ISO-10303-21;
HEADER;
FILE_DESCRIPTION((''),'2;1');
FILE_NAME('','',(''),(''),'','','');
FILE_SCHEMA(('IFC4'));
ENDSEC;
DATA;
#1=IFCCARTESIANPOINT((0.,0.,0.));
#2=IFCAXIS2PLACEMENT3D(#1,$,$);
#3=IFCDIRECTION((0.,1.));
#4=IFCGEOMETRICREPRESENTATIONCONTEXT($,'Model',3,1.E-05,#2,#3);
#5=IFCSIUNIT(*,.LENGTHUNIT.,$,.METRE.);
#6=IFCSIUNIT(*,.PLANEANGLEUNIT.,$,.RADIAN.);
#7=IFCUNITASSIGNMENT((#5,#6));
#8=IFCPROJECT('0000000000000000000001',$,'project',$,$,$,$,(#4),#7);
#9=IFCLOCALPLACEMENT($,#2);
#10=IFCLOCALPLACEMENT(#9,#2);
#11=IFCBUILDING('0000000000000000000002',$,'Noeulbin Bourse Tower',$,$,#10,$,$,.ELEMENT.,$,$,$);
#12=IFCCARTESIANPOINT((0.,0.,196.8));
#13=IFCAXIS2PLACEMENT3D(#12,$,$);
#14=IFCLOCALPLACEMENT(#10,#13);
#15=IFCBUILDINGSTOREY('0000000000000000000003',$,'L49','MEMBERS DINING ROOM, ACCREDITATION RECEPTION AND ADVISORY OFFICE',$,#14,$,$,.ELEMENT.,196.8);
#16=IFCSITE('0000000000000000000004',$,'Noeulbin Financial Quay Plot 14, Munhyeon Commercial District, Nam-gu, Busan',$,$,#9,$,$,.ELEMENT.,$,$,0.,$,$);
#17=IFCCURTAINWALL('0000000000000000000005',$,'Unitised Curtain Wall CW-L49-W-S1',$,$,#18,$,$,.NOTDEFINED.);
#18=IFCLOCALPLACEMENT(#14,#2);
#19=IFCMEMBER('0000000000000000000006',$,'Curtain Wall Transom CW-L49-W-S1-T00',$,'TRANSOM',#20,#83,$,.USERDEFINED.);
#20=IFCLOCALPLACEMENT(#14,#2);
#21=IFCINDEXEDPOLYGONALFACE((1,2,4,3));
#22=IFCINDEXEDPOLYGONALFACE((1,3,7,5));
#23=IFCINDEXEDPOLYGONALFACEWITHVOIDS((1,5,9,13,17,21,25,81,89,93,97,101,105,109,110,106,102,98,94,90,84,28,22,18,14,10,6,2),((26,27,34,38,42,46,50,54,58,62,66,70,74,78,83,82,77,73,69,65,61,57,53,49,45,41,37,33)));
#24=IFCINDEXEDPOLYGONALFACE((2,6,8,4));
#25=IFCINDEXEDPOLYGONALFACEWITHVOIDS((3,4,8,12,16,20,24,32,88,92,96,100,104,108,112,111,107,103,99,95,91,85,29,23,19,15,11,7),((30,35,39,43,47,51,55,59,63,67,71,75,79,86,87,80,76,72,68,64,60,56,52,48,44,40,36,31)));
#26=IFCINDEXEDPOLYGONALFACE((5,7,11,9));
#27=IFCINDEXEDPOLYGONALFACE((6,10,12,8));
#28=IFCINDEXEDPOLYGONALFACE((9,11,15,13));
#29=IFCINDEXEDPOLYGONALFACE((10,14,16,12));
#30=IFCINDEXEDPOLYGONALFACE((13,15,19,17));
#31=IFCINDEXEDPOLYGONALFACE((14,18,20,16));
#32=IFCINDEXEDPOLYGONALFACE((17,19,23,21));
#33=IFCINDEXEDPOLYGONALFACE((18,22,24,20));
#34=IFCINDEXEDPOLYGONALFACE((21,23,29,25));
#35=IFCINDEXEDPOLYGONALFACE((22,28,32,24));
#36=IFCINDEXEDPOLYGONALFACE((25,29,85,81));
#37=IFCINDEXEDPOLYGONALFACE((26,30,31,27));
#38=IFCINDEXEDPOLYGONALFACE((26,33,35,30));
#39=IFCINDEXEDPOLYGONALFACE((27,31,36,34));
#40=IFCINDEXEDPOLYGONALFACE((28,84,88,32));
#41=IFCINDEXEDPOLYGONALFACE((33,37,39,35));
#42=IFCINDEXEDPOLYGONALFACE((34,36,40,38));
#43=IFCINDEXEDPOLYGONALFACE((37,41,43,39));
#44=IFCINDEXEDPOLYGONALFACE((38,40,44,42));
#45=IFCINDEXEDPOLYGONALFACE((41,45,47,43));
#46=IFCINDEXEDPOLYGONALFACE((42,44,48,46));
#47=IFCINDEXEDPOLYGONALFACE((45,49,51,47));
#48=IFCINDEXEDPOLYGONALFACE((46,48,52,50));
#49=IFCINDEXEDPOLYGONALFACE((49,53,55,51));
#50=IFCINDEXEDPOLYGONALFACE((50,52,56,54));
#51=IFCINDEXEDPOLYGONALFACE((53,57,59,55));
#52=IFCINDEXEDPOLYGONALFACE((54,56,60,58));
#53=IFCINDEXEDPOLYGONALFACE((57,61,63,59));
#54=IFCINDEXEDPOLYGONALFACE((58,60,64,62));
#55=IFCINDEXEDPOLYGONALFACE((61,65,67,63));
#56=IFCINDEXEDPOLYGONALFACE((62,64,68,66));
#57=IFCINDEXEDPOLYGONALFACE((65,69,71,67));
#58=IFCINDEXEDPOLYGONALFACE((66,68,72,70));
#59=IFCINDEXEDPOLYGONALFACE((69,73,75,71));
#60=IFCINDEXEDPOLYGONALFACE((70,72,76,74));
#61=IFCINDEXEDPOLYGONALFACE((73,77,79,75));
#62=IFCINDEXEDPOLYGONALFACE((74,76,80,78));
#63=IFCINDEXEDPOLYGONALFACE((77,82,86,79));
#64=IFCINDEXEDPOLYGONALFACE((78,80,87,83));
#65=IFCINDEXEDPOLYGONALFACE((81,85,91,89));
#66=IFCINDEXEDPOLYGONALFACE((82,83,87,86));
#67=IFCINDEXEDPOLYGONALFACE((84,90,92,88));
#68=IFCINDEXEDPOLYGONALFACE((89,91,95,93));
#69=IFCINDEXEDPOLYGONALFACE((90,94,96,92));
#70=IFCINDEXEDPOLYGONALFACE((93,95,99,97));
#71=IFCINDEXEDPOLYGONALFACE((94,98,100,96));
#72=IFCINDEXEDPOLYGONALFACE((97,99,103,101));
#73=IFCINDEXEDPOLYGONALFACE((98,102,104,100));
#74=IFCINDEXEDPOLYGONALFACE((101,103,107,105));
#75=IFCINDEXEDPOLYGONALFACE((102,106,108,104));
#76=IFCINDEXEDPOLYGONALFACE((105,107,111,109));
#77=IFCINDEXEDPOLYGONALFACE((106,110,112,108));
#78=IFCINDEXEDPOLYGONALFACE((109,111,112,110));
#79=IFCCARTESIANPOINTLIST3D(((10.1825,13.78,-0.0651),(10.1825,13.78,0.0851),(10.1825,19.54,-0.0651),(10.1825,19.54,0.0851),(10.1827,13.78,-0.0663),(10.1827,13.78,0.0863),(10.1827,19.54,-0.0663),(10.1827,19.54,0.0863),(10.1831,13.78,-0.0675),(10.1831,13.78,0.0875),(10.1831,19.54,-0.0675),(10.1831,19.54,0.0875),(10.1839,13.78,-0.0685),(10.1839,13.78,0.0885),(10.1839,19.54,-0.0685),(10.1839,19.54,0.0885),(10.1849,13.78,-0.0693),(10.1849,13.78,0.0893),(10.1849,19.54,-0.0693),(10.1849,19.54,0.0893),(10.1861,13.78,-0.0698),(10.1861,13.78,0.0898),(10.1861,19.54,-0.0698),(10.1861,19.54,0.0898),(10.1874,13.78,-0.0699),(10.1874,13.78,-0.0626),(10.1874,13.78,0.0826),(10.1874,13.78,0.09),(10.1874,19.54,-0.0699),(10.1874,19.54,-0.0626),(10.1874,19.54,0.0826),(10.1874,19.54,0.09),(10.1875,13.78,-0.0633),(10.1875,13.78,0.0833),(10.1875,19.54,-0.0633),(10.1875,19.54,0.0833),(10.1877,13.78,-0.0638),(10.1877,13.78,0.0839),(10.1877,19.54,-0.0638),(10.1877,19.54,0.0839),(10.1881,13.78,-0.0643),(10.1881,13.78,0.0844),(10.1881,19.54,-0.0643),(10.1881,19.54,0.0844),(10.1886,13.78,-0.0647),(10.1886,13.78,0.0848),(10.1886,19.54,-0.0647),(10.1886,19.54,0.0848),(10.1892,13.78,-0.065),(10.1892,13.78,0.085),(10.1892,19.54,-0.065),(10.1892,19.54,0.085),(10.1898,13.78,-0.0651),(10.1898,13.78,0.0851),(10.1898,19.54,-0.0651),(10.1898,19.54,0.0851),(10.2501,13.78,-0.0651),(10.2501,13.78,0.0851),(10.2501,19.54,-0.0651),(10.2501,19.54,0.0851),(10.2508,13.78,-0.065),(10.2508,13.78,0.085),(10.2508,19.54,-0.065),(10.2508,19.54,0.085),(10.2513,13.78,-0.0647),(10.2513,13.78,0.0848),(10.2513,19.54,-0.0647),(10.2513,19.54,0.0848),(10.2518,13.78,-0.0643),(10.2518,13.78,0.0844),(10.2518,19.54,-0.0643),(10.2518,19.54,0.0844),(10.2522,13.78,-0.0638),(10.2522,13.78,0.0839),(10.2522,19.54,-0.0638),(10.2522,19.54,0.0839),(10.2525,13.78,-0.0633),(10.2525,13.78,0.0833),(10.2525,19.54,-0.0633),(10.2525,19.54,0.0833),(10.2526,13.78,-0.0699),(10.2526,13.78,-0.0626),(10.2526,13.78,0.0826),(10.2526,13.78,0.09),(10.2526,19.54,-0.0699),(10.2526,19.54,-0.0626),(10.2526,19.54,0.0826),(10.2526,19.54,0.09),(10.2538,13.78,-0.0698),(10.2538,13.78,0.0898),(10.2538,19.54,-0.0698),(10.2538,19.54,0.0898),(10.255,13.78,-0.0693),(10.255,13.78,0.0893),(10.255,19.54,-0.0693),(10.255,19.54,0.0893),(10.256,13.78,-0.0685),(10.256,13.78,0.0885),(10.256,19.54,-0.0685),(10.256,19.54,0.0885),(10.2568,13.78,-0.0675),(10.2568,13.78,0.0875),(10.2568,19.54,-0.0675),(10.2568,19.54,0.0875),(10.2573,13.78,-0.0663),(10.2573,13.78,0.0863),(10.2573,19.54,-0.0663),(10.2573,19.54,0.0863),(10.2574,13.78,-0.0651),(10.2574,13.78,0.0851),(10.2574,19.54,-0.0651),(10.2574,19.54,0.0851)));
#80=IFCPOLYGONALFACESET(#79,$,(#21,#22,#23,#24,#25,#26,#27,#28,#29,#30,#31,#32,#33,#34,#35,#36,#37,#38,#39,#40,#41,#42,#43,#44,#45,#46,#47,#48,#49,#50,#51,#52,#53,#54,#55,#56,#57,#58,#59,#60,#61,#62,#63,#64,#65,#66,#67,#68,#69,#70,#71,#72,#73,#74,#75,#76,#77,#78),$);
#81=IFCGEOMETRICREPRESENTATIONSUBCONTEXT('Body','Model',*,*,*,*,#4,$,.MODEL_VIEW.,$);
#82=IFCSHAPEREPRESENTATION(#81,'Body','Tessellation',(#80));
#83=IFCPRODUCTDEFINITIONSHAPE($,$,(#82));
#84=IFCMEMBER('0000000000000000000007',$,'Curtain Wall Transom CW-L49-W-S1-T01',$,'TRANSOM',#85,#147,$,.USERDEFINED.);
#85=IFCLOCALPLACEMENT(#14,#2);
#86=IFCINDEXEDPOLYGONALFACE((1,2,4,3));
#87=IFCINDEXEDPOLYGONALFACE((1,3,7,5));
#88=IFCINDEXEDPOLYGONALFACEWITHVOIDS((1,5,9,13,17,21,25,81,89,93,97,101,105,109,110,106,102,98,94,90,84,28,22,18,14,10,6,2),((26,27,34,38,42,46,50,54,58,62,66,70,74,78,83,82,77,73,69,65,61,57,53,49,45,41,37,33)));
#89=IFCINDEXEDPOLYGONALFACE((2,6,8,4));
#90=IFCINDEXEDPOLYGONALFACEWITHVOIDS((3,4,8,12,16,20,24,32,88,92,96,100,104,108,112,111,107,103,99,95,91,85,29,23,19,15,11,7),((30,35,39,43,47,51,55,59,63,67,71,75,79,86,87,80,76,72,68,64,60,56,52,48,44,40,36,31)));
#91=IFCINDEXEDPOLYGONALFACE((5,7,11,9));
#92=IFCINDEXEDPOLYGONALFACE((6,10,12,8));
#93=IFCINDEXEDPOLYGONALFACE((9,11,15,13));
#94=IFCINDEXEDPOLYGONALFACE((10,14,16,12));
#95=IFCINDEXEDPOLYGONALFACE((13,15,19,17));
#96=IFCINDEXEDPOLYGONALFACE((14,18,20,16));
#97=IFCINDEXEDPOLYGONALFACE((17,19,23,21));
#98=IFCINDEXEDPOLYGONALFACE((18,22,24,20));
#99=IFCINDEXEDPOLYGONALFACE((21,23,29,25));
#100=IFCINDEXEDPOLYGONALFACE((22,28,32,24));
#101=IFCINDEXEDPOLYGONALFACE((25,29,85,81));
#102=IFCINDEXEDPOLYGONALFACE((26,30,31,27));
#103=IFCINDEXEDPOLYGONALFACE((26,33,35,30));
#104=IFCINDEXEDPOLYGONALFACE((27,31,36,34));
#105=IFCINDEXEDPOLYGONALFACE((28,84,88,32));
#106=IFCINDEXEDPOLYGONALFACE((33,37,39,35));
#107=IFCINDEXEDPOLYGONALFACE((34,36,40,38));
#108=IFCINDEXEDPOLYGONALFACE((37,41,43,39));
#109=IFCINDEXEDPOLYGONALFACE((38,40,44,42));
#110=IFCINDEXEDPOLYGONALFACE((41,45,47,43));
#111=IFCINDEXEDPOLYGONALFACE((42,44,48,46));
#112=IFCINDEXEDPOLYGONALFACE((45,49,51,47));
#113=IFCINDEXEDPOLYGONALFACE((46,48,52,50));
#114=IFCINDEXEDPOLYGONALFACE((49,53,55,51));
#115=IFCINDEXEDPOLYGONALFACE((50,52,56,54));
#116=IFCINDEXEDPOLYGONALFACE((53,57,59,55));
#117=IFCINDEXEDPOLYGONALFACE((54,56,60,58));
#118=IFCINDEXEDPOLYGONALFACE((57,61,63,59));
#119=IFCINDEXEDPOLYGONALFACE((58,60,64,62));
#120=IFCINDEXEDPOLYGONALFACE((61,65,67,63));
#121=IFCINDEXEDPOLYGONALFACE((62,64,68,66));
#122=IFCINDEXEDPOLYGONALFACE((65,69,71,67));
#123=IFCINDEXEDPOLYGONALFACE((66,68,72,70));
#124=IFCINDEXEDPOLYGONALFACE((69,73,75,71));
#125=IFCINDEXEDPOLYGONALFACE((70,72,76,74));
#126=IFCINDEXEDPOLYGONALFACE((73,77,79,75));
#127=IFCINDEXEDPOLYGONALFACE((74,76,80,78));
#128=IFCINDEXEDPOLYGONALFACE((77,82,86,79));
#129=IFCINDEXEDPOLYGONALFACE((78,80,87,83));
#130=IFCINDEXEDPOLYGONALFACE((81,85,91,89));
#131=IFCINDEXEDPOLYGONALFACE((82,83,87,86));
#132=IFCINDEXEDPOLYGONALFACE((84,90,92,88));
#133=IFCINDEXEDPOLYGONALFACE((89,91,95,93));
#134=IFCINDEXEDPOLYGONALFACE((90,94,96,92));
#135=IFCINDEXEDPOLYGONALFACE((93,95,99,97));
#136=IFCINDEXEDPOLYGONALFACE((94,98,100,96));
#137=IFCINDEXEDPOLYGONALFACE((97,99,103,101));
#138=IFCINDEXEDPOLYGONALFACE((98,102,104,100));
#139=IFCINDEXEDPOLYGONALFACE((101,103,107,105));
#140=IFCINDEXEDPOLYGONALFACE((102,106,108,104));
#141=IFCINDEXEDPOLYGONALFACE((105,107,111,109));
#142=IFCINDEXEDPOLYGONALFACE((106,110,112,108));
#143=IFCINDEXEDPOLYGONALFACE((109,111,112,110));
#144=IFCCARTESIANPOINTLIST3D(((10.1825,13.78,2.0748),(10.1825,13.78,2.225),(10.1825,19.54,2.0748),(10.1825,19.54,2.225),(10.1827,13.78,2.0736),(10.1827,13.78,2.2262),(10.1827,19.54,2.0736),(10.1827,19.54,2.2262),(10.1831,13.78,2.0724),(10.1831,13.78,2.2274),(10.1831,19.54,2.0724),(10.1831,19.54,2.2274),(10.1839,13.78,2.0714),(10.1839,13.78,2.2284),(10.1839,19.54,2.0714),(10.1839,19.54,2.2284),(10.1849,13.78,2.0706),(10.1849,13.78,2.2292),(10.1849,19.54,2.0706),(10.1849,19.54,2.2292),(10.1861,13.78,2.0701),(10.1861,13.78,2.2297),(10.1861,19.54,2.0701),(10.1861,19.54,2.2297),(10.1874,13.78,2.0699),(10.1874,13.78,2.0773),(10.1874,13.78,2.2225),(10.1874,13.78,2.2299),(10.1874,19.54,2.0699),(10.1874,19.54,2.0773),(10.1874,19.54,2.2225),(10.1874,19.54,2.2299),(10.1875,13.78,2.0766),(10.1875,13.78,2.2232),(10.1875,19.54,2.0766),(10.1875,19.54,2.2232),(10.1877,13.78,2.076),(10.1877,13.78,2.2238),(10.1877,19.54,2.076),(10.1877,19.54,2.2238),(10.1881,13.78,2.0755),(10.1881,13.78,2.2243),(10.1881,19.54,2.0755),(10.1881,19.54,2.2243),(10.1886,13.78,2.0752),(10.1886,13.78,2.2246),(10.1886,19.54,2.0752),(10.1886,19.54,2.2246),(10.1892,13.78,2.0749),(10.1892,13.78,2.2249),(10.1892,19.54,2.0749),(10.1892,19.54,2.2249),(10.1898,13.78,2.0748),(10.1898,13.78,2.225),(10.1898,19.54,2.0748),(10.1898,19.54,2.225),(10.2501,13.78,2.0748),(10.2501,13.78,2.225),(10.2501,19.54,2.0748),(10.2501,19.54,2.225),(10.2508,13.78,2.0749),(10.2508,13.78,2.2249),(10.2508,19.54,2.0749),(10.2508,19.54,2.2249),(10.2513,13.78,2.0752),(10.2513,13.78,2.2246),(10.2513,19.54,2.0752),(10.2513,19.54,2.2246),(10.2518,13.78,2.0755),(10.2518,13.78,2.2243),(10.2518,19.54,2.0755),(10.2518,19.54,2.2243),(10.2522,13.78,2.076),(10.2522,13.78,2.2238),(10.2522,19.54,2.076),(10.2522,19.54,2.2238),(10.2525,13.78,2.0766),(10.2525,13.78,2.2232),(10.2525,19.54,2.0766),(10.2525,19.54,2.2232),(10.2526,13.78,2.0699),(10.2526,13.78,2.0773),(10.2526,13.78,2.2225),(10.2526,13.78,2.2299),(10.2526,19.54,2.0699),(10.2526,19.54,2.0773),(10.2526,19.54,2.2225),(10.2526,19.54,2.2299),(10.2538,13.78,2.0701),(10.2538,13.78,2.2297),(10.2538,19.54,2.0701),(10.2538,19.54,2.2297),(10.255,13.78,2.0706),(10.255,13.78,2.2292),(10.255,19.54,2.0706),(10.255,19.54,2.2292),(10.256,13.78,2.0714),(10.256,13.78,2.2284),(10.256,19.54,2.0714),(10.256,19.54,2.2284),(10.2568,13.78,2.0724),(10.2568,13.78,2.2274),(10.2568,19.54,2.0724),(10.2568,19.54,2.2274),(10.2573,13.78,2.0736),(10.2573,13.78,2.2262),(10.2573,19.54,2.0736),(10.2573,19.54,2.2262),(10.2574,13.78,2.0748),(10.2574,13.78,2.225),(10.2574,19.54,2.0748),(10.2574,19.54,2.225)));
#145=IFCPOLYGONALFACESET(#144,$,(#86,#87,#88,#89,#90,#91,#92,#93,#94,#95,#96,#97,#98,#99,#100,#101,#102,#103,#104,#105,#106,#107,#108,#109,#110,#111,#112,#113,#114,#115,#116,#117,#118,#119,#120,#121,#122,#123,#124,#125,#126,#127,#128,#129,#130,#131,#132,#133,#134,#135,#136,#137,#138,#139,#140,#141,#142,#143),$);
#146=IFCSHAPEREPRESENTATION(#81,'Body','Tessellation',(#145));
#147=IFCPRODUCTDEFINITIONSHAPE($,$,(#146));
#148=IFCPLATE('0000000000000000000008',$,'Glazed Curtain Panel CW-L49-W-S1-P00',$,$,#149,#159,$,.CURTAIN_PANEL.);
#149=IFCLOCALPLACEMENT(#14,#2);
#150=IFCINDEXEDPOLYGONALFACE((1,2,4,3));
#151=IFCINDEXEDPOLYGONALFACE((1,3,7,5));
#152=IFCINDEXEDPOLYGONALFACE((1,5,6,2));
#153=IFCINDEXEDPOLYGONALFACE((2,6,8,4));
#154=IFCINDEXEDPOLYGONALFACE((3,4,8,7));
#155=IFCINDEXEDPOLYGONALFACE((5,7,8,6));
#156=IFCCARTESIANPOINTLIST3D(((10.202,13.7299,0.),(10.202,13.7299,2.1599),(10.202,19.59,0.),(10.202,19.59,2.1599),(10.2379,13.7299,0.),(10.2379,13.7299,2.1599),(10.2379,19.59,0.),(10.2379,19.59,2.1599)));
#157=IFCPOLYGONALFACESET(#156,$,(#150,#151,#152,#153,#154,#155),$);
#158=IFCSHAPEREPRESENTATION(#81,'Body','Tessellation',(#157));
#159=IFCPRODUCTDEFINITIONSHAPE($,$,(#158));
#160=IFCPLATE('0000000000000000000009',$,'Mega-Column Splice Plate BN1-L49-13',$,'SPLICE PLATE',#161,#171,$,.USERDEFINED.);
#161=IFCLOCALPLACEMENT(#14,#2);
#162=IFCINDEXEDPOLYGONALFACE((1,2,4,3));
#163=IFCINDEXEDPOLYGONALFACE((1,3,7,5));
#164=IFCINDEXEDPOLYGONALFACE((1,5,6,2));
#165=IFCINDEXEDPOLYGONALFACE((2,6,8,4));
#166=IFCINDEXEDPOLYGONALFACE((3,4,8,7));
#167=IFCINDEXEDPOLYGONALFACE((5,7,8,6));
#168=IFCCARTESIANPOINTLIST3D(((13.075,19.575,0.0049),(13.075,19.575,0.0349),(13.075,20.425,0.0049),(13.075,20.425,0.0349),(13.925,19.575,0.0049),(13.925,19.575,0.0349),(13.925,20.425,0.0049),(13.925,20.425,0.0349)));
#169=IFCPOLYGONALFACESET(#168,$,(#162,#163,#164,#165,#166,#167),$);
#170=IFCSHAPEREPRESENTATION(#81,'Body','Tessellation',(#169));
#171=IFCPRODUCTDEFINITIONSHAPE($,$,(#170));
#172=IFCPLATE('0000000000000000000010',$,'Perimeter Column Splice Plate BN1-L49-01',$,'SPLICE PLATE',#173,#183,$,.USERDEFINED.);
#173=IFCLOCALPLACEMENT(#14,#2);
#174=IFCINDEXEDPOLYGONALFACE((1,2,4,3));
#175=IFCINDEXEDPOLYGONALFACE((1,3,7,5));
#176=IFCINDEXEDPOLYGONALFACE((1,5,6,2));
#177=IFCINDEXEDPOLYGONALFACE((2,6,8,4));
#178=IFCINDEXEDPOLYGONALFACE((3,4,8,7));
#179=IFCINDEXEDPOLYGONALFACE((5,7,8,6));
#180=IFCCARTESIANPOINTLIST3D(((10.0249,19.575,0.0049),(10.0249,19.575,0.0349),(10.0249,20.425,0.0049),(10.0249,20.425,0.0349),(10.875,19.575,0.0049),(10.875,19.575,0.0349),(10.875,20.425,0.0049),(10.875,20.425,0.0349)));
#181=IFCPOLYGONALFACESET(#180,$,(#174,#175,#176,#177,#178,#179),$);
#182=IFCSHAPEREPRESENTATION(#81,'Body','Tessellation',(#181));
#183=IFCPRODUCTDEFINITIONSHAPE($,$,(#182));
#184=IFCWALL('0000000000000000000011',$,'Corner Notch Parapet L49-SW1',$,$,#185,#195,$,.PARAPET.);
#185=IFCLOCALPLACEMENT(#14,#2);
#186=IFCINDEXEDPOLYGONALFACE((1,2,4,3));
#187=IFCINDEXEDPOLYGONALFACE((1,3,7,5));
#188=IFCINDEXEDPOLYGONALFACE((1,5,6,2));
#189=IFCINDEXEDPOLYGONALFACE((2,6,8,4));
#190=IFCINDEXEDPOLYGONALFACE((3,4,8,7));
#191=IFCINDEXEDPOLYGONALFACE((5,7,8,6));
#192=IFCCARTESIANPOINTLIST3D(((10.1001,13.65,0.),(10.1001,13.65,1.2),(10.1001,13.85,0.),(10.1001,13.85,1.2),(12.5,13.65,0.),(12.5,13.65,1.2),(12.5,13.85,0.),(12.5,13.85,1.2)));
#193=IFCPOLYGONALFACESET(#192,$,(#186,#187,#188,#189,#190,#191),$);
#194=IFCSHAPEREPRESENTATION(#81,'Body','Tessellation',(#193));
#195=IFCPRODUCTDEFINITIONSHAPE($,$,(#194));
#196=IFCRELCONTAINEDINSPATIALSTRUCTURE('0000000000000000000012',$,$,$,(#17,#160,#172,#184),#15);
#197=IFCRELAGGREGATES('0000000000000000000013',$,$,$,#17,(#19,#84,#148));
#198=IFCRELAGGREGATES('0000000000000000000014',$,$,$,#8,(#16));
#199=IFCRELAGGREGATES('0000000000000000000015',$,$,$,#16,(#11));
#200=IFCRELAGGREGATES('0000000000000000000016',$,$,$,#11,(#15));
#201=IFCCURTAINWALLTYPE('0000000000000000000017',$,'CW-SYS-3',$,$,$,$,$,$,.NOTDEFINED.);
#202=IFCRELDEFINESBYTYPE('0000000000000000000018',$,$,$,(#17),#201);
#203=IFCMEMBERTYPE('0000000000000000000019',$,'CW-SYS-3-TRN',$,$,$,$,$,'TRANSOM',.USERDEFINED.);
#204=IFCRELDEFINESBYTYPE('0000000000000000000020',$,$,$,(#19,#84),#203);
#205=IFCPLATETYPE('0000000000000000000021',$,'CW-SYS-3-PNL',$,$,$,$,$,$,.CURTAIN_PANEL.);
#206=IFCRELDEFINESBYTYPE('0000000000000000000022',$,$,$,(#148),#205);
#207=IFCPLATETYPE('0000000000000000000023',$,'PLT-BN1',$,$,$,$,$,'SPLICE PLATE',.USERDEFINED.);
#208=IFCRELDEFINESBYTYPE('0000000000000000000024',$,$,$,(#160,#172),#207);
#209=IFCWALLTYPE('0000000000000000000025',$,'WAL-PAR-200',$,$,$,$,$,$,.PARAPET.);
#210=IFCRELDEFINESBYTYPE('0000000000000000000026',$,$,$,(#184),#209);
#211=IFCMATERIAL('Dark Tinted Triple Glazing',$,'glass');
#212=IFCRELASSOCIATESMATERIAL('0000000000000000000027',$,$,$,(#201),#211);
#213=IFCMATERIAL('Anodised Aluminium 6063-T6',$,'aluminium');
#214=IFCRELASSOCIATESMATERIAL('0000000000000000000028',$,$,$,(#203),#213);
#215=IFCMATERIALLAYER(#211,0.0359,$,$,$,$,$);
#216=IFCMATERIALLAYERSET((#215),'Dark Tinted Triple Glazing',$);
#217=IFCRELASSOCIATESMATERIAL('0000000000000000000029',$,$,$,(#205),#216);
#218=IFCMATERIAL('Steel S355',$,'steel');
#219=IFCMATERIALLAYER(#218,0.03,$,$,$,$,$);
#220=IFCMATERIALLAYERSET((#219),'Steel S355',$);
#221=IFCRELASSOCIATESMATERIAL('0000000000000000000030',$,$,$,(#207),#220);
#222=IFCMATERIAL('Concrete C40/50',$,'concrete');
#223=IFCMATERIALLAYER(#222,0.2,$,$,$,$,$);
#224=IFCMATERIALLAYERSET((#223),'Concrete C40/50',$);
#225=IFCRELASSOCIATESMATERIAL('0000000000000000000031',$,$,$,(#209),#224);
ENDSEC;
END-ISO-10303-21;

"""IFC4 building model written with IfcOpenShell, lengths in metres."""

from ifc_helpers import new_model, si_unit, direction, frame, frame_2d, origin, origin_2d, place, context, subcontext, project, spatial, rectangle, hollow_rectangle, extrude, material, layer, layer_set, material_profile, profile_set, type_object, element, aggregate, save


model = new_model("IFC4")

# Units and contexts
model_context = context("Model", 3, precision=1e-05, world=origin(), true_north=direction((0.0, 1.0)))
body_context = subcontext(model_context, "Body", "Model", "MODEL_VIEW")
ifc_project = project(units=[si_unit("LENGTHUNIT", "METRE"), si_unit("PLANEANGLEUNIT", "RADIAN")], contexts=[model_context])

# Site, building, storey
site_placement = place(None, origin())
site = spatial("IfcSite", under=ifc_project, at=site_placement, Name="Noeulbin Financial Quay Plot 14, Munhyeon Commercial District, Nam-gu, Busan", CompositionType="ELEMENT", RefElevation=0.0)
building_placement = place(site_placement, origin())
building = spatial("IfcBuilding", under=site, at=building_placement, Name="Noeulbin Bourse Tower", CompositionType="ELEMENT")
storey_placement = place(building_placement, frame((0.0, 0.0, 196.8)))
storey = spatial("IfcBuildingStorey", under=building, at=storey_placement, Name="L49", Description="MEMBERS DINING ROOM, ACCREDITATION RECEPTION AND ADVISORY OFFICE", CompositionType="ELEMENT", Elevation=196.8)

# Shared definitions
ifc_material_1 = material(Name="Steel S355", Category="steel")

# Curtain wall, members, plate
ifc_material_2 = material(Name="Dark Tinted Triple Glazing", Category="glass")
curtain_wall_type = type_object("IfcCurtainWallType", Name="CW-SYS-3", PredefinedType="NOTDEFINED", material=ifc_material_2)
curtain_wall_placement = place(storey_placement, origin())
curtain_wall = element("IfcCurtainWall", 1, at=curtain_wall_placement, inside=storey, type_object=curtain_wall_type, Name="Unitised Curtain Wall CW-L49-W-S1", PredefinedType="NOTDEFINED")
ifc_material_3 = material(Name="Anodised Aluminium 6063-T6", Category="aluminium")
ifc_material_profile_1 = material_profile(ifc_material_3, hollow_rectangle(XDim=0.075, YDim=0.1599, WallThickness=0.0049, InnerFilletRadius=0.0024, OuterFilletRadius=0.0049, at=origin_2d()), Name="ALU-TRAN-75x160x5", Category="LoadBearing")
ifc_profile_set_1 = profile_set([ifc_material_profile_1], Name="Anodised Aluminium 6063-T6")
member_type_1 = type_object("IfcMemberType", Name="CW-SYS-3-TRN", ElementType="TRANSOM", PredefinedType="USERDEFINED", material=ifc_profile_set_1)
member_1_placement = place(storey_placement, frame((10.22, 13.78, 0.01), z_axis=(0.0, 1.0, 0.0), x_axis=(-1.0, 0.0, 0.0)))
member_1 = element("IfcMember", 2, at=member_1_placement, type_object=member_type_1, Name="Curtain Wall Transom CW-L49-W-S1-T00", ObjectType="TRANSOM", PredefinedType="USERDEFINED", context=body_context, shape_type="SweptSolid", body=[
    extrude(hollow_rectangle(XDim=0.075, YDim=0.1599, WallThickness=0.0049, InnerFilletRadius=0.0024, OuterFilletRadius=0.0049, at=origin_2d()), origin(), (0.0, 0.0, 1.0), 5.76),
])
member_2_placement = place(storey_placement, frame((10.22, 13.78, 2.1499), z_axis=(0.0, 1.0, 0.0), x_axis=(-1.0, 0.0, 0.0)))
member_2 = element("IfcMember", 3, at=member_2_placement, type_object=member_type_1, Name="Curtain Wall Transom CW-L49-W-S1-T01", ObjectType="TRANSOM", PredefinedType="USERDEFINED", context=body_context, shape_type="SweptSolid", body=[
    extrude(hollow_rectangle(XDim=0.075, YDim=0.1599, WallThickness=0.0049, InnerFilletRadius=0.0024, OuterFilletRadius=0.0049, at=origin_2d()), origin(), (0.0, 0.0, 1.0), 5.76),
])
ifc_layer_1 = layer(ifc_material_2, 0.0359)
ifc_layer_set_1 = layer_set([ifc_layer_1], Name="Dark Tinted Triple Glazing")
plate_type_1 = type_object("IfcPlateType", Name="CW-SYS-3-PNL", PredefinedType="CURTAIN_PANEL", material=ifc_layer_set_1)
plate_placement = place(storey_placement, frame((10.22, 16.6599, 0.0), z_axis=(0.0, 0.0, 1.0), x_axis=(0.0, 1.0, 0.0)))
plate = element("IfcPlate", 4, at=plate_placement, type_object=plate_type_1, Name="Glazed Curtain Panel CW-L49-W-S1-P00", PredefinedType="CURTAIN_PANEL", context=body_context, shape_type="SweptSolid", body=[
    extrude(rectangle(XDim=5.8601, YDim=0.0359, at=origin_2d()), origin(), (0.0, 0.0, 1.0), 2.1599),
])
aggregate(curtain_wall, [member_1, member_2, plate])

# Plates
ifc_layer_2 = layer(ifc_material_1, 0.03)
ifc_layer_set_2 = layer_set([ifc_layer_2], Name="Steel S355")
plate_type_2 = type_object("IfcPlateType", Name="PLT-BN1", ElementType="SPLICE PLATE", PredefinedType="USERDEFINED", material=ifc_layer_set_2)
for number, where, z_axis, x_axis, name in (
    (5, (13.5, 20.0, 0.0049), (0.0, 0.0, 1.0), (1.0, 0.0, 0.0), "Mega-Column Splice Plate BN1-L49-13"),
    (6, (10.45, 20.0, 0.0049), (0.0, 0.0, 1.0), (1.0, 0.0, 0.0), "Perimeter Column Splice Plate BN1-L49-01"),
):
    element("IfcPlate", number, at=place(storey_placement, frame(where, z_axis=z_axis, x_axis=x_axis)), inside=storey, type_object=plate_type_2, Name=name, ObjectType="SPLICE PLATE", PredefinedType="USERDEFINED", context=body_context, shape_type="SweptSolid", body=[
        extrude(rectangle(XDim=0.8501, YDim=0.8501, at=origin_2d()), origin(), (0.0, 0.0, 1.0), 0.03),
    ])

# Wall
ifc_material_4 = material(Name="Concrete C40/50", Category="concrete")
ifc_layer_3 = layer(ifc_material_4, 0.2)
ifc_layer_set_3 = layer_set([ifc_layer_3], Name="Concrete C40/50")
wall_type_1 = type_object("IfcWallType", Name="WAL-PAR-200", PredefinedType="PARAPET", material=ifc_layer_set_3)
for number, where, z_axis, x_axis, name in (
    (7, (10.1001, 13.75, 0.0), (0.0, 0.0, 1.0), (1.0, 0.0, 0.0), "Corner Notch Parapet L49-SW1"),
):
    element("IfcWall", number, at=place(storey_placement, frame(where, z_axis=z_axis, x_axis=x_axis)), inside=storey, type_object=wall_type_1, Name=name, PredefinedType="PARAPET", context=body_context, shape_type="SweptSolid", body=[
        extrude(rectangle(XDim=2.3999, YDim=0.2, at=frame_2d((1.2, 0.0))), origin(), (0.0, 0.0, 1.0), 1.2),
    ])

save(model, "model.ifc")
